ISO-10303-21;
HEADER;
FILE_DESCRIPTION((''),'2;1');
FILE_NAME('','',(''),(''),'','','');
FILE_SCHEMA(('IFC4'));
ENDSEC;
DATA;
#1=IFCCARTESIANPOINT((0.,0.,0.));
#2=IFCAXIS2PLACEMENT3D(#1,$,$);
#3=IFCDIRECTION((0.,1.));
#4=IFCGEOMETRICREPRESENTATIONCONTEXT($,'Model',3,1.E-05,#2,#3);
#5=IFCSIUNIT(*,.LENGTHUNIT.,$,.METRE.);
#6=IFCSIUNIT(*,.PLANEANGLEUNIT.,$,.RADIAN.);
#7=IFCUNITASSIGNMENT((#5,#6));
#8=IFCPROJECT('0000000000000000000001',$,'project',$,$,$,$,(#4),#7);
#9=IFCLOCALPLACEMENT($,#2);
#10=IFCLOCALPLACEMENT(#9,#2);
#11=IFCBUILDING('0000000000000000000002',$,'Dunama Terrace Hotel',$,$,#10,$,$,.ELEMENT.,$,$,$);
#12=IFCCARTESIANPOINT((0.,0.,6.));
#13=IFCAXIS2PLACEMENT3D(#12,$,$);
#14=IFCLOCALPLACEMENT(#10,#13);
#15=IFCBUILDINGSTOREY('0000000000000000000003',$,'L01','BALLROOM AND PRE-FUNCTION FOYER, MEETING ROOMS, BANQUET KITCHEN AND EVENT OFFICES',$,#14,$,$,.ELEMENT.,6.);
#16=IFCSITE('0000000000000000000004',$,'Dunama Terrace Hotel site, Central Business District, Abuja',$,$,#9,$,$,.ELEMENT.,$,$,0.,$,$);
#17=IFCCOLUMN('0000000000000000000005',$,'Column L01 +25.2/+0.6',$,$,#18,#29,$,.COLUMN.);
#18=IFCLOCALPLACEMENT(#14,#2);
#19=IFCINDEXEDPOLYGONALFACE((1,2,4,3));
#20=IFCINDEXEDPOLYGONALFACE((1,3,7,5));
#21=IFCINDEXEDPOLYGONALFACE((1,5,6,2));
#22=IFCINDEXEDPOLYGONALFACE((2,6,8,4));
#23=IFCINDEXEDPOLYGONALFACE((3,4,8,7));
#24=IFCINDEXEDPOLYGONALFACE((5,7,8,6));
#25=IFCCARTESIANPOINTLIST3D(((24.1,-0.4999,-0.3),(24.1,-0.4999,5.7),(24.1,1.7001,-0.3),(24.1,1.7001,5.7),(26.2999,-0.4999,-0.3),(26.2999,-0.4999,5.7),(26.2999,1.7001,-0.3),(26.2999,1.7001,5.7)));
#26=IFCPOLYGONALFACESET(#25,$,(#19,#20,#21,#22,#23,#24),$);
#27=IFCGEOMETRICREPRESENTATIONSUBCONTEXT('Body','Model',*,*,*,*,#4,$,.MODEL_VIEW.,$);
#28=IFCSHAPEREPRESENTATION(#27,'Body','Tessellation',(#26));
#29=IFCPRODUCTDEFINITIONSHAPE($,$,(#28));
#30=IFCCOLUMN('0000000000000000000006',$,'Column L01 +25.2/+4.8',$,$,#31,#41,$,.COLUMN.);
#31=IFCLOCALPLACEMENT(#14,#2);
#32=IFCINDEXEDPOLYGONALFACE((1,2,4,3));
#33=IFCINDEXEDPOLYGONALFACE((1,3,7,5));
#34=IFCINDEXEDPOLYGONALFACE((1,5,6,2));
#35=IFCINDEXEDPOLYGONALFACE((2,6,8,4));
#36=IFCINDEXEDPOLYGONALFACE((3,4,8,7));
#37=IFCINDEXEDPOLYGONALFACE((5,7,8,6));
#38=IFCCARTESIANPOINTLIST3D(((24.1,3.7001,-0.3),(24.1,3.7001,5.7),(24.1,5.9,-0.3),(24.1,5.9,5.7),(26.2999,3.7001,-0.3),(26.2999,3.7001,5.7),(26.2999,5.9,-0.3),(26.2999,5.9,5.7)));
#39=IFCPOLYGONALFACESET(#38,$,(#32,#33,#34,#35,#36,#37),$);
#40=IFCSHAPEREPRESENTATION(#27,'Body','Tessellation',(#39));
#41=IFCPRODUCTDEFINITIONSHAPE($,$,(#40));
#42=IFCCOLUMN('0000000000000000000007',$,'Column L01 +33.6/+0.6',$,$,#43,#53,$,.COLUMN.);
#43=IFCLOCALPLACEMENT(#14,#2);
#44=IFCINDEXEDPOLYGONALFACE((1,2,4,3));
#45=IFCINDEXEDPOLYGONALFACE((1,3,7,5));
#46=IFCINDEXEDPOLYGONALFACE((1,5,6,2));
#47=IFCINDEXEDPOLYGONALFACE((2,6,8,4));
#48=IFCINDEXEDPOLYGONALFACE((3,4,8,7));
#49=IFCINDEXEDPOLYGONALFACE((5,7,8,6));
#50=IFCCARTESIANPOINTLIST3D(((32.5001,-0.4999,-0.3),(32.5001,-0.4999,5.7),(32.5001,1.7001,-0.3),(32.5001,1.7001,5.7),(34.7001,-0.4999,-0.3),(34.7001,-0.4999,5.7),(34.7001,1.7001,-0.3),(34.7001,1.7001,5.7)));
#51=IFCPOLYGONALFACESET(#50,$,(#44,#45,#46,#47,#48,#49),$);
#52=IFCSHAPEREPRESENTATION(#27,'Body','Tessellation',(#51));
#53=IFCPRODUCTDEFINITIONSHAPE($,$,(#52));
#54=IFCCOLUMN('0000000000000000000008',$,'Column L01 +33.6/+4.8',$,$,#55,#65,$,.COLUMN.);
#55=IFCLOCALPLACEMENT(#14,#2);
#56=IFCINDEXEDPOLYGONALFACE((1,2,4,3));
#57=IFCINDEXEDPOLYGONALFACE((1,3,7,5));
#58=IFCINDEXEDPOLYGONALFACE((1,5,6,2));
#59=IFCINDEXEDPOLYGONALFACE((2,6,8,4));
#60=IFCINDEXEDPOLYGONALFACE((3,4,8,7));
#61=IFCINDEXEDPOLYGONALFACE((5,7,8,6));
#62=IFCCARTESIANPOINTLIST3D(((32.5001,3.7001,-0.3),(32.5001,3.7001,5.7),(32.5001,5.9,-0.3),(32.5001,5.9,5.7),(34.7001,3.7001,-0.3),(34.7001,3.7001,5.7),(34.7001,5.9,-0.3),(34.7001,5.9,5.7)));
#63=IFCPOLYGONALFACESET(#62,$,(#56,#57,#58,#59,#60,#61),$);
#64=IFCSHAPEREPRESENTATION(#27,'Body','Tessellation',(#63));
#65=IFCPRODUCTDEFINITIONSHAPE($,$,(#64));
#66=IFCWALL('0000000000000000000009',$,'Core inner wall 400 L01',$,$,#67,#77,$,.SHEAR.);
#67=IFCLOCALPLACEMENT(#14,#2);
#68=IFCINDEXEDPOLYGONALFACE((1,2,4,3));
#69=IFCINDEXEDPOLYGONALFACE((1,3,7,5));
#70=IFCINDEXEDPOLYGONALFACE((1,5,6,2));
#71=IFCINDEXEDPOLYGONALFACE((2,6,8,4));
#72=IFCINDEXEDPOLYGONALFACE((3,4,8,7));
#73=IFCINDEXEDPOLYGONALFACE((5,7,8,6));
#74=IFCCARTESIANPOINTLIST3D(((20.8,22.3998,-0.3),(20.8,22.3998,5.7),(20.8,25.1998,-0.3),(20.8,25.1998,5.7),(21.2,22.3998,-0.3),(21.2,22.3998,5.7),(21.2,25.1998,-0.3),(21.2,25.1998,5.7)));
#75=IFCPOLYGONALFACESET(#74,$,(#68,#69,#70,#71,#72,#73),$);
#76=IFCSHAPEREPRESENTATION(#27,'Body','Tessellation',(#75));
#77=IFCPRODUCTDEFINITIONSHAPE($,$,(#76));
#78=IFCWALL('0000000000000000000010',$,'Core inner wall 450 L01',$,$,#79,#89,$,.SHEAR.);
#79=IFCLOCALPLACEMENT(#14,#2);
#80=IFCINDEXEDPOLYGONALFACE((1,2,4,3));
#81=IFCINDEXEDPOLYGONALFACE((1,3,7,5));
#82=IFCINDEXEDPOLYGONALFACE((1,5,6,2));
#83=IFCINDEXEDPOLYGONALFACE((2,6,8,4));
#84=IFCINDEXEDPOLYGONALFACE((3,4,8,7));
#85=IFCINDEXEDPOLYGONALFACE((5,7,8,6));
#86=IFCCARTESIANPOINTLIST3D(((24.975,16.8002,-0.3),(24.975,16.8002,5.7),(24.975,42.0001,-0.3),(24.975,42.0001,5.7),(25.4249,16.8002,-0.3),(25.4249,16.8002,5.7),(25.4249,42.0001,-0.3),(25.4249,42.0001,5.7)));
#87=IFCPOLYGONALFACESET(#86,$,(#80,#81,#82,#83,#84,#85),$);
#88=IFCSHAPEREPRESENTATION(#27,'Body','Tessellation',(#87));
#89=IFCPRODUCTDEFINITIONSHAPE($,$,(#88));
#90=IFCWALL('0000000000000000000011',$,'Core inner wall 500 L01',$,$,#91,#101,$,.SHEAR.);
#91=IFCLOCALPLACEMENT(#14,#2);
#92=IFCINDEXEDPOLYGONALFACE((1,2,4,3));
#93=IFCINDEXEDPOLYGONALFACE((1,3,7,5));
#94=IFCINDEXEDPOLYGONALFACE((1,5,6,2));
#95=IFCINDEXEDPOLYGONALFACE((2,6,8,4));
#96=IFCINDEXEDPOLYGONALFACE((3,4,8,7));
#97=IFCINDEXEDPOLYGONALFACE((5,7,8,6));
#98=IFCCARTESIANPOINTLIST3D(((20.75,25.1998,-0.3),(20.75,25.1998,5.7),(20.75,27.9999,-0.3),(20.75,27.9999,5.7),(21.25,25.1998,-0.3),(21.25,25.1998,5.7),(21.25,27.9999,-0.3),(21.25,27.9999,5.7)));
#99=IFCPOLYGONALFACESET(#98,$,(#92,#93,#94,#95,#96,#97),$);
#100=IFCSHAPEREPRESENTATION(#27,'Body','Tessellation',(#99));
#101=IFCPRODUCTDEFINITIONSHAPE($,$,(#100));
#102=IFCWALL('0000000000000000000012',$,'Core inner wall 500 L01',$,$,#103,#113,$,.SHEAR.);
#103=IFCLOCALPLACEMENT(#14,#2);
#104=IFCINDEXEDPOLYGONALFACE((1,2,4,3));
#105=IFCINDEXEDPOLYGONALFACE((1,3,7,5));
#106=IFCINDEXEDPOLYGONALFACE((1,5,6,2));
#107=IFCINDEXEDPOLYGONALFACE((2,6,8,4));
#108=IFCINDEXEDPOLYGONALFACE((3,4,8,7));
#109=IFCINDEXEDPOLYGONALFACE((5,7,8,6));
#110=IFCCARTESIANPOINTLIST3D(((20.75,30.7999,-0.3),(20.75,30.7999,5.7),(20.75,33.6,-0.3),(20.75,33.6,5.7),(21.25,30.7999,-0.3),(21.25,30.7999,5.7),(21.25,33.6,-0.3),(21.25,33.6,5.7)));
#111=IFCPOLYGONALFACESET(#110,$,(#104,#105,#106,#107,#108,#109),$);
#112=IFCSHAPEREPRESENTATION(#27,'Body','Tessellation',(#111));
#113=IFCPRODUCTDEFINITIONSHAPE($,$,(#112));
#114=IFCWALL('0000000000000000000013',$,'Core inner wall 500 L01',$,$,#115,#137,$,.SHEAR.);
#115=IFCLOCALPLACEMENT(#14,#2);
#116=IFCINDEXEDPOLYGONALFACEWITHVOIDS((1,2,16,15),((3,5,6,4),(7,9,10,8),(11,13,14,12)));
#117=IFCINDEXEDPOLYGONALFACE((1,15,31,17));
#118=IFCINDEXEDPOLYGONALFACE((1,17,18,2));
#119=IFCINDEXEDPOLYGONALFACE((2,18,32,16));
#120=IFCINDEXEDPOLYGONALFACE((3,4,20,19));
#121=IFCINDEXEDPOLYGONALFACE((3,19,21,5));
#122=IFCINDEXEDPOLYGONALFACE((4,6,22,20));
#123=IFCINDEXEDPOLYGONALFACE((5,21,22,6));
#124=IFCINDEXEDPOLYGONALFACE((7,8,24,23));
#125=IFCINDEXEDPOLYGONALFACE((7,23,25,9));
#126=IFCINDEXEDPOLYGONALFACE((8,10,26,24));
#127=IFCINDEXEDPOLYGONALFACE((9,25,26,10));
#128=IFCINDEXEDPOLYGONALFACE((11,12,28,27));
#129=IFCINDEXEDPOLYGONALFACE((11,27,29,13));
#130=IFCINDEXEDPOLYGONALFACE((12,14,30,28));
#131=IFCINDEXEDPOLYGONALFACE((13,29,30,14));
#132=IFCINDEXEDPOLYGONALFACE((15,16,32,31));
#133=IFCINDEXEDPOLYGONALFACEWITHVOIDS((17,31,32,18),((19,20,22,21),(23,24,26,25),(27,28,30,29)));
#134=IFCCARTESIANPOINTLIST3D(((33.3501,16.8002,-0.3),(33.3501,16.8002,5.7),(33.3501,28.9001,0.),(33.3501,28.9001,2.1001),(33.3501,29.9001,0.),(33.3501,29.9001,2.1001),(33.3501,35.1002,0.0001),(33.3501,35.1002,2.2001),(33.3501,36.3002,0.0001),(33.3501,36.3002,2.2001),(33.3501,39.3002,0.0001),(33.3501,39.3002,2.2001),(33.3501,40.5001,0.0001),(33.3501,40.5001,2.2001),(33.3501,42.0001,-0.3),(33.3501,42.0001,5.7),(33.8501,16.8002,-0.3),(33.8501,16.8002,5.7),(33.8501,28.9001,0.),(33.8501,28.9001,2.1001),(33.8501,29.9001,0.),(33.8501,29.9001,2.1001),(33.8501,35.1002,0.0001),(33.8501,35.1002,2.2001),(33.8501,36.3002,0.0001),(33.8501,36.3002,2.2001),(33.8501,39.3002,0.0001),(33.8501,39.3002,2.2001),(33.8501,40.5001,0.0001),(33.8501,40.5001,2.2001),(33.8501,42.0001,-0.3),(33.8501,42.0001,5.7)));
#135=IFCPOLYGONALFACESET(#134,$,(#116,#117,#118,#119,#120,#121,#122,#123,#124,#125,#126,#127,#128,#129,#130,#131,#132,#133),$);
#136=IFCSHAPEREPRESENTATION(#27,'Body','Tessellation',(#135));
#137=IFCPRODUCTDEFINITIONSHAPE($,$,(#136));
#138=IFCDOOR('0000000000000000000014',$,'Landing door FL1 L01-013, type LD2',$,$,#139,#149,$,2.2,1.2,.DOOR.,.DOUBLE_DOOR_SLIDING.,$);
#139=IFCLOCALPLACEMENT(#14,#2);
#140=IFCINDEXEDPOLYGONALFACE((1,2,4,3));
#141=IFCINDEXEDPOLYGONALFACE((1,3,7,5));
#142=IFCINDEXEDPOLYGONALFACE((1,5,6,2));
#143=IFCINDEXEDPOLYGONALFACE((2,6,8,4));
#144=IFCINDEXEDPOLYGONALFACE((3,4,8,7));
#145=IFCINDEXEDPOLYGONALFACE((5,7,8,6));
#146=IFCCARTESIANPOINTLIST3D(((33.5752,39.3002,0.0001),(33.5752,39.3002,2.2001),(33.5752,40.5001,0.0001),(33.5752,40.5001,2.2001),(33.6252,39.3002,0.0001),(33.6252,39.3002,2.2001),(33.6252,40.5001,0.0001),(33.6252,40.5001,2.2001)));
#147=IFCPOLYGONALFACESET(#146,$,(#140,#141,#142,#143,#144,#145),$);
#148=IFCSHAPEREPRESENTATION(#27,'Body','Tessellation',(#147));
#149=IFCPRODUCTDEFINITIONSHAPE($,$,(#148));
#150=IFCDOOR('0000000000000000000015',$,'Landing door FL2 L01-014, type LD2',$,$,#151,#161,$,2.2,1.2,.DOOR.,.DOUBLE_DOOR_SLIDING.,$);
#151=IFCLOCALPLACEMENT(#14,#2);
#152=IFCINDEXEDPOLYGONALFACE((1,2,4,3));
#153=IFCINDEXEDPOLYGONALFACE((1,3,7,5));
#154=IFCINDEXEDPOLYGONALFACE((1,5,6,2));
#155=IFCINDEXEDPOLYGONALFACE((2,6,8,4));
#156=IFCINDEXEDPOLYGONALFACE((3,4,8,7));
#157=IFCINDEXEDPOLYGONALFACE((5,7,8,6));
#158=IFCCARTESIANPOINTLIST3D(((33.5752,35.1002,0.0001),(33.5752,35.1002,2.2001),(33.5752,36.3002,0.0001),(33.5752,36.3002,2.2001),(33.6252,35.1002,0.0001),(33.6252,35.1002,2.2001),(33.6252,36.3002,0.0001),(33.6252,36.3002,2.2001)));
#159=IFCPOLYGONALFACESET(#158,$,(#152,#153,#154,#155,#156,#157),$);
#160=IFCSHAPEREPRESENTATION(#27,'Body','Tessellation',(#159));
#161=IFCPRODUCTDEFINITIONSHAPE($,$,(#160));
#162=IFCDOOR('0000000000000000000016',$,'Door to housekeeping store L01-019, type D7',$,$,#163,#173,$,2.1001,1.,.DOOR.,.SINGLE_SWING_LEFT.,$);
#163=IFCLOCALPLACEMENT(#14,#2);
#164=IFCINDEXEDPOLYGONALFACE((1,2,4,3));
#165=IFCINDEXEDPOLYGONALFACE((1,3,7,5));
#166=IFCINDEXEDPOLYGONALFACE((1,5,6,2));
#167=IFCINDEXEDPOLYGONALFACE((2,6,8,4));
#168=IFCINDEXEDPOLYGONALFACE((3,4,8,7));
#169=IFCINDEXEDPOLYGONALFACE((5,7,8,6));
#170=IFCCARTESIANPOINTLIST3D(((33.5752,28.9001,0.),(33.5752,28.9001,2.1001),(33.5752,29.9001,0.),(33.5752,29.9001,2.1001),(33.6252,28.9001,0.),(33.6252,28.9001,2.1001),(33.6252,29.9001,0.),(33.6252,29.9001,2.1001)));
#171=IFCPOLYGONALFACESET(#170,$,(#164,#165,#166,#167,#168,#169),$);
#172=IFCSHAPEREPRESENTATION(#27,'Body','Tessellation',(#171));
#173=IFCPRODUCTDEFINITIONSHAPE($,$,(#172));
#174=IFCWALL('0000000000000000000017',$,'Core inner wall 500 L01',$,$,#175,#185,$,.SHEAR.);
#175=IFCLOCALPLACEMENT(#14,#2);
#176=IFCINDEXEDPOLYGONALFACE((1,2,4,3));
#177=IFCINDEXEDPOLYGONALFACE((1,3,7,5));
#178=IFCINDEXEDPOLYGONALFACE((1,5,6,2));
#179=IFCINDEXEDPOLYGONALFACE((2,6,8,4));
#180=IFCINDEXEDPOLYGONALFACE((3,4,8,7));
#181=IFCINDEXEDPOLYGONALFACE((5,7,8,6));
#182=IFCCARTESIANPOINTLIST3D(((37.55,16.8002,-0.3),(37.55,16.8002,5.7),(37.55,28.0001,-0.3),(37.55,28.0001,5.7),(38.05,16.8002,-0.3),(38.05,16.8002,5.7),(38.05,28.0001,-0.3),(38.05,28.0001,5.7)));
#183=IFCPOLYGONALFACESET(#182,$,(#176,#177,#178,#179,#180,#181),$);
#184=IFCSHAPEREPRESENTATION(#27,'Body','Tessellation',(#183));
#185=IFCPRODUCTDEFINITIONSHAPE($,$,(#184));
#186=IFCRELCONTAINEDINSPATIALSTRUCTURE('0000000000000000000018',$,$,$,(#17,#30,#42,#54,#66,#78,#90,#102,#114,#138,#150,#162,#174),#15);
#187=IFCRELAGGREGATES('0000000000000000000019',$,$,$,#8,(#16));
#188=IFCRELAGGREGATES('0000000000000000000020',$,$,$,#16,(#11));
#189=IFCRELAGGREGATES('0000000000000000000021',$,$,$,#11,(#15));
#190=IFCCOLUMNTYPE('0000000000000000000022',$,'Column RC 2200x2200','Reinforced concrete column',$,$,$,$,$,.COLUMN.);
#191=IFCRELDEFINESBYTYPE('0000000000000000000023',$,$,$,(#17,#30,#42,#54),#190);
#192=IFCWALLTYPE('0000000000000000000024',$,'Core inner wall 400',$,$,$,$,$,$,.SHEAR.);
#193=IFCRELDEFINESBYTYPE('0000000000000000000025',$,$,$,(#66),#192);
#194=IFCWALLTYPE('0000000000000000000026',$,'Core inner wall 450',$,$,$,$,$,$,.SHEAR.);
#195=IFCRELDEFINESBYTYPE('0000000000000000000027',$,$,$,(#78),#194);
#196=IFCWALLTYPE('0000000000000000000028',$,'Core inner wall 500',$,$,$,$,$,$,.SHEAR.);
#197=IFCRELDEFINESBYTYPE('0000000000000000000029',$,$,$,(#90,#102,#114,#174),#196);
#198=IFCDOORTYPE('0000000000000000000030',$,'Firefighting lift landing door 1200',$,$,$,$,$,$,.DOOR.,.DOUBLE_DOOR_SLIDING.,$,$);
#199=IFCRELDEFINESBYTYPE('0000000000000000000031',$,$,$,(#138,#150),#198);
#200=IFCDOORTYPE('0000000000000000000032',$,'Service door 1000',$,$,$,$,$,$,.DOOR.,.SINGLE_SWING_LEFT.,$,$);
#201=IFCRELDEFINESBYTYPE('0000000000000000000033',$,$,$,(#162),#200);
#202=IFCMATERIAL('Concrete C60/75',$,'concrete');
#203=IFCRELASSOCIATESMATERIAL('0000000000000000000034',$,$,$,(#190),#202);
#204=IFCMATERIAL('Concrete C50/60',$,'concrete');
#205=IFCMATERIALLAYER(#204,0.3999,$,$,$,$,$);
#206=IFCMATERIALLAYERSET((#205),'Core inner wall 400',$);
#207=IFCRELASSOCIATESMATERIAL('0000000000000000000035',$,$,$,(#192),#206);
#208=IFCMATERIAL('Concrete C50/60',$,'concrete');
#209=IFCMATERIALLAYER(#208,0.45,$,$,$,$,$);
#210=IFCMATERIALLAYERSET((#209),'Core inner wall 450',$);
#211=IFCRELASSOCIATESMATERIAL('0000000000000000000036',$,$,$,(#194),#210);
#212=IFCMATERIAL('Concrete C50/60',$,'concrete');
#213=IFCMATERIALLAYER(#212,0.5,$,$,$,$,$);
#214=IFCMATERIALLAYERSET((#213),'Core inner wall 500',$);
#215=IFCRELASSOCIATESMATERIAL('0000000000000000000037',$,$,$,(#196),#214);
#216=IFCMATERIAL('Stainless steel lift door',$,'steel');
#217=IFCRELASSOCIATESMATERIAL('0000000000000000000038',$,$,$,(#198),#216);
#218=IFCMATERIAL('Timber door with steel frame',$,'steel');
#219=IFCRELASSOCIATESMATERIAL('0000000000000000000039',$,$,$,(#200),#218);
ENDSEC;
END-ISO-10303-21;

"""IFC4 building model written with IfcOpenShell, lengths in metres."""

from ifc_helpers import new_model, si_unit, direction, frame, frame_2d, origin, origin_2d, place, context, subcontext, project, spatial, rectangle, extrude, material, layer, layer_set, material_profile, profile_set, type_object, element, fill, save


model = new_model("IFC4")

# Units and contexts
model_context = context("Model", 3, precision=1e-05, world=origin(), true_north=direction((0.0, 1.0)))
body_context = subcontext(model_context, "Body", "Model", "MODEL_VIEW")
ifc_project = project(units=[si_unit("LENGTHUNIT", "METRE"), si_unit("PLANEANGLEUNIT", "RADIAN")], contexts=[model_context])

# Site, building, storey
site_placement = place(None, origin())
site = spatial("IfcSite", under=ifc_project, at=site_placement, Name="Dunama Terrace Hotel site, Central Business District, Abuja", CompositionType="ELEMENT", RefElevation=0.0)
building_placement = place(site_placement, origin())
building = spatial("IfcBuilding", under=site, at=building_placement, Name="Dunama Terrace Hotel", CompositionType="ELEMENT")
storey_placement = place(building_placement, frame((0.0, 0.0, 6.0)))
storey = spatial("IfcBuildingStorey", under=building, at=storey_placement, Name="L01", Description="BALLROOM AND PRE-FUNCTION FOYER, MEETING ROOMS, BANQUET KITCHEN AND EVENT OFFICES", CompositionType="ELEMENT", Elevation=6.0)

# Columns
ifc_material_1 = material(Name="Concrete C60/75", Category="concrete")
ifc_material_profile = material_profile(ifc_material_1, rectangle(XDim=2.2, YDim=2.2, at=origin_2d()), Name="RC 2200x2200")
ifc_profile_set = profile_set([ifc_material_profile], Name="Concrete C60/75")
column_type = type_object("IfcColumnType", Name="Column RC 2200x2200", Description="Reinforced concrete column", PredefinedType="COLUMN", material=ifc_profile_set)
for number, where, z_axis, x_axis, name in (
    (1, (25.2, 0.6001, -0.3), (0.0, 0.0, 1.0), (1.0, 0.0, 0.0), "Column L01 +25.2/+0.6"),
    (2, (25.2, 4.8, -0.3), (0.0, 0.0, 1.0), (1.0, 0.0, 0.0), "Column L01 +25.2/+4.8"),
    (3, (33.6001, 0.6001, -0.3), (0.0, 0.0, 1.0), (1.0, 0.0, 0.0), "Column L01 +33.6/+0.6"),
    (4, (33.6001, 4.8, -0.3), (0.0, 0.0, 1.0), (1.0, 0.0, 0.0), "Column L01 +33.6/+4.8"),
):
    element("IfcColumn", number, at=place(storey_placement, frame(where, z_axis=z_axis, x_axis=x_axis)), inside=storey, type_object=column_type, Name=name, PredefinedType="COLUMN", context=body_context, shape_type="SweptSolid", body=[
        extrude(rectangle(XDim=2.2, YDim=2.2, at=origin_2d()), origin(), (0.0, 0.0, 1.0), 6.0),
    ])

# Walls
ifc_material_2 = material(Name="Concrete C50/60", Category="concrete")
ifc_layer_1 = layer(ifc_material_2, 0.3999)
ifc_layer_set_1 = layer_set([ifc_layer_1], Name="Core inner wall 400")
wall_type_1 = type_object("IfcWallType", Name="Core inner wall 400", PredefinedType="SHEAR", material=ifc_layer_set_1)
wall_1_placement = place(storey_placement, frame((21.0, 22.3999, -0.3), z_axis=(0.0, 0.0, 1.0), x_axis=(0.0, 1.0, 0.0)))
element("IfcWall", 5, at=wall_1_placement, inside=storey, type_object=wall_type_1, Name="Core inner wall 400 L01", PredefinedType="SHEAR", context=body_context, shape_type="SweptSolid", body=[
    extrude(rectangle(XDim=2.8, YDim=0.3999, at=frame_2d((1.3999, 0.0))), origin(), (0.0, 0.0, 1.0), 6.0),
])
ifc_material_3 = material(Name="Concrete C50/60", Category="concrete")
ifc_layer_2 = layer(ifc_material_3, 0.45)
ifc_layer_set_2 = layer_set([ifc_layer_2], Name="Core inner wall 450")
wall_type_2 = type_object("IfcWallType", Name="Core inner wall 450", PredefinedType="SHEAR", material=ifc_layer_set_2)
wall_2_placement = place(storey_placement, frame((25.2, 16.8, -0.3), z_axis=(0.0, 0.0, 1.0), x_axis=(0.0, 1.0, 0.0)))
element("IfcWall", 6, at=wall_2_placement, inside=storey, type_object=wall_type_2, Name="Core inner wall 450 L01", PredefinedType="SHEAR", context=body_context, shape_type="SweptSolid", body=[
    extrude(rectangle(XDim=25.2, YDim=0.45, at=frame_2d((12.6001, 0.0))), origin(), (0.0, 0.0, 1.0), 6.0),
])
ifc_material_4 = material(Name="Concrete C50/60", Category="concrete")
ifc_layer_3 = layer(ifc_material_4, 0.5)
ifc_layer_set_3 = layer_set([ifc_layer_3], Name="Core inner wall 500")
wall_type_3 = type_object("IfcWallType", Name="Core inner wall 500", PredefinedType="SHEAR", material=ifc_layer_set_3)
for number, where, z_axis, x_axis, name in (
    (7, (21.0, 25.2, -0.3), (0.0, 0.0, 1.0), (0.0, 1.0, 0.0), "Core inner wall 500 L01"),
    (8, (21.0, 30.8, -0.3), (0.0, 0.0, 1.0), (0.0, 1.0, 0.0), "Core inner wall 500 L01"),
):
    element("IfcWall", number, at=place(storey_placement, frame(where, z_axis=z_axis, x_axis=x_axis)), inside=storey, type_object=wall_type_3, Name=name, PredefinedType="SHEAR", context=body_context, shape_type="SweptSolid", body=[
        extrude(rectangle(XDim=2.8, YDim=0.5, at=frame_2d((1.3999, 0.0))), origin(), (0.0, 0.0, 1.0), 6.0),
    ])

# Wall, openings, doors
wall_3_placement = place(storey_placement, frame((33.6001, 16.8, -0.3), z_axis=(0.0, 0.0, 1.0), x_axis=(0.0, 1.0, 0.0)))
wall_3 = element("IfcWall", 9, at=wall_3_placement, inside=storey, type_object=wall_type_3, Name="Core inner wall 500 L01", PredefinedType="SHEAR", context=body_context, shape_type="SweptSolid", body=[
    extrude(rectangle(XDim=25.2, YDim=0.5, at=frame_2d((12.6001, 0.0))), origin(), (0.0, 0.0, 1.0), 6.0),
])
opening_1_placement = place(wall_3_placement, frame((22.5, 0.0, 0.3)))
opening_1 = element("IfcOpeningElement", 10, at=opening_1_placement, cuts=wall_3, PredefinedType="OPENING", context=body_context, shape_type="SweptSolid", body=[
    extrude(rectangle(XDim=1.2, YDim=2.2, at=frame_2d((0.6001, 1.1001))), frame((0.0, 0.26, 0.0), z_axis=(0.0, -1.0, 0.0), x_axis=(1.0, 0.0, 0.0)), (0.0, 0.0, 1.0), 0.52),
])
opening_2_placement = place(wall_3_placement, frame((18.3, 0.0, 0.3)))
opening_2 = element("IfcOpeningElement", 11, at=opening_2_placement, cuts=wall_3, PredefinedType="OPENING", context=body_context, shape_type="SweptSolid", body=[
    extrude(rectangle(XDim=1.2, YDim=2.2, at=frame_2d((0.6001, 1.1001))), frame((0.0, 0.26, 0.0), z_axis=(0.0, -1.0, 0.0), x_axis=(1.0, 0.0, 0.0)), (0.0, 0.0, 1.0), 0.52),
])
opening_3_placement = place(wall_3_placement, frame((12.1001, 0.0, 0.3)))
opening_3 = element("IfcOpeningElement", 12, at=opening_3_placement, cuts=wall_3, PredefinedType="OPENING", context=body_context, shape_type="SweptSolid", body=[
    extrude(rectangle(XDim=1.0, YDim=2.1001, at=frame_2d((0.5, 1.05))), frame((0.0, 0.26, 0.0), z_axis=(0.0, -1.0, 0.0), x_axis=(1.0, 0.0, 0.0)), (0.0, 0.0, 1.0), 0.52),
])
ifc_material_5 = material(Name="Stainless steel lift door", Category="steel")
door_type_1 = type_object("IfcDoorType", Name="Firefighting lift landing door 1200", OperationType="DOUBLE_DOOR_SLIDING", PredefinedType="DOOR", material=ifc_material_5)
door_1_placement = place(opening_1_placement, origin())
door_1 = element("IfcDoor", 13, at=door_1_placement, inside=storey, type_object=door_type_1, Name="Landing door FL1 L01-013, type LD2", OperationType="DOUBLE_DOOR_SLIDING", OverallHeight=2.2, OverallWidth=1.2, PredefinedType="DOOR", context=body_context, shape_type="SweptSolid", body=[
    extrude(rectangle(XDim=1.2, YDim=2.2, at=frame_2d((0.6001, 1.1001))), frame((0.0, 0.0249, 0.0), z_axis=(0.0, -1.0, 0.0), x_axis=(1.0, 0.0, 0.0)), (0.0, 0.0, 1.0), 0.05),
])
fill(opening_1, door_1)
door_2_placement = place(opening_2_placement, origin())
door_2 = element("IfcDoor", 14, at=door_2_placement, inside=storey, type_object=door_type_1, Name="Landing door FL2 L01-014, type LD2", OperationType="DOUBLE_DOOR_SLIDING", OverallHeight=2.2, OverallWidth=1.2, PredefinedType="DOOR", context=body_context, shape_type="SweptSolid", body=[
    extrude(rectangle(XDim=1.2, YDim=2.2, at=frame_2d((0.6001, 1.1001))), frame((0.0, 0.0249, 0.0), z_axis=(0.0, -1.0, 0.0), x_axis=(1.0, 0.0, 0.0)), (0.0, 0.0, 1.0), 0.05),
])
fill(opening_2, door_2)
ifc_material_6 = material(Name="Timber door with steel frame", Category="steel")
door_type_2 = type_object("IfcDoorType", Name="Service door 1000", OperationType="SINGLE_SWING_LEFT", PredefinedType="DOOR", material=ifc_material_6)
door_3_placement = place(opening_3_placement, origin())
door_3 = element("IfcDoor", 15, at=door_3_placement, inside=storey, type_object=door_type_2, Name="Door to housekeeping store L01-019, type D7", OperationType="SINGLE_SWING_LEFT", OverallHeight=2.1001, OverallWidth=1.0, PredefinedType="DOOR", context=body_context, shape_type="SweptSolid", body=[
    extrude(rectangle(XDim=1.0, YDim=2.1001, at=frame_2d((0.5, 1.05))), frame((0.0, 0.0249, 0.0), z_axis=(0.0, -1.0, 0.0), x_axis=(1.0, 0.0, 0.0)), (0.0, 0.0, 1.0), 0.05),
])
fill(opening_3, door_3)

# Wall
wall_4_placement = place(storey_placement, frame((37.8, 16.8, -0.3), z_axis=(0.0, 0.0, 1.0), x_axis=(0.0, 1.0, 0.0)))
element("IfcWall", 16, at=wall_4_placement, inside=storey, type_object=wall_type_3, Name="Core inner wall 500 L01", PredefinedType="SHEAR", context=body_context, shape_type="SweptSolid", body=[
    extrude(rectangle(XDim=11.2, YDim=0.5, at=frame_2d((5.6001, 0.0))), origin(), (0.0, 0.0, 1.0), 6.0),
])

save(model, "model.ifc")
